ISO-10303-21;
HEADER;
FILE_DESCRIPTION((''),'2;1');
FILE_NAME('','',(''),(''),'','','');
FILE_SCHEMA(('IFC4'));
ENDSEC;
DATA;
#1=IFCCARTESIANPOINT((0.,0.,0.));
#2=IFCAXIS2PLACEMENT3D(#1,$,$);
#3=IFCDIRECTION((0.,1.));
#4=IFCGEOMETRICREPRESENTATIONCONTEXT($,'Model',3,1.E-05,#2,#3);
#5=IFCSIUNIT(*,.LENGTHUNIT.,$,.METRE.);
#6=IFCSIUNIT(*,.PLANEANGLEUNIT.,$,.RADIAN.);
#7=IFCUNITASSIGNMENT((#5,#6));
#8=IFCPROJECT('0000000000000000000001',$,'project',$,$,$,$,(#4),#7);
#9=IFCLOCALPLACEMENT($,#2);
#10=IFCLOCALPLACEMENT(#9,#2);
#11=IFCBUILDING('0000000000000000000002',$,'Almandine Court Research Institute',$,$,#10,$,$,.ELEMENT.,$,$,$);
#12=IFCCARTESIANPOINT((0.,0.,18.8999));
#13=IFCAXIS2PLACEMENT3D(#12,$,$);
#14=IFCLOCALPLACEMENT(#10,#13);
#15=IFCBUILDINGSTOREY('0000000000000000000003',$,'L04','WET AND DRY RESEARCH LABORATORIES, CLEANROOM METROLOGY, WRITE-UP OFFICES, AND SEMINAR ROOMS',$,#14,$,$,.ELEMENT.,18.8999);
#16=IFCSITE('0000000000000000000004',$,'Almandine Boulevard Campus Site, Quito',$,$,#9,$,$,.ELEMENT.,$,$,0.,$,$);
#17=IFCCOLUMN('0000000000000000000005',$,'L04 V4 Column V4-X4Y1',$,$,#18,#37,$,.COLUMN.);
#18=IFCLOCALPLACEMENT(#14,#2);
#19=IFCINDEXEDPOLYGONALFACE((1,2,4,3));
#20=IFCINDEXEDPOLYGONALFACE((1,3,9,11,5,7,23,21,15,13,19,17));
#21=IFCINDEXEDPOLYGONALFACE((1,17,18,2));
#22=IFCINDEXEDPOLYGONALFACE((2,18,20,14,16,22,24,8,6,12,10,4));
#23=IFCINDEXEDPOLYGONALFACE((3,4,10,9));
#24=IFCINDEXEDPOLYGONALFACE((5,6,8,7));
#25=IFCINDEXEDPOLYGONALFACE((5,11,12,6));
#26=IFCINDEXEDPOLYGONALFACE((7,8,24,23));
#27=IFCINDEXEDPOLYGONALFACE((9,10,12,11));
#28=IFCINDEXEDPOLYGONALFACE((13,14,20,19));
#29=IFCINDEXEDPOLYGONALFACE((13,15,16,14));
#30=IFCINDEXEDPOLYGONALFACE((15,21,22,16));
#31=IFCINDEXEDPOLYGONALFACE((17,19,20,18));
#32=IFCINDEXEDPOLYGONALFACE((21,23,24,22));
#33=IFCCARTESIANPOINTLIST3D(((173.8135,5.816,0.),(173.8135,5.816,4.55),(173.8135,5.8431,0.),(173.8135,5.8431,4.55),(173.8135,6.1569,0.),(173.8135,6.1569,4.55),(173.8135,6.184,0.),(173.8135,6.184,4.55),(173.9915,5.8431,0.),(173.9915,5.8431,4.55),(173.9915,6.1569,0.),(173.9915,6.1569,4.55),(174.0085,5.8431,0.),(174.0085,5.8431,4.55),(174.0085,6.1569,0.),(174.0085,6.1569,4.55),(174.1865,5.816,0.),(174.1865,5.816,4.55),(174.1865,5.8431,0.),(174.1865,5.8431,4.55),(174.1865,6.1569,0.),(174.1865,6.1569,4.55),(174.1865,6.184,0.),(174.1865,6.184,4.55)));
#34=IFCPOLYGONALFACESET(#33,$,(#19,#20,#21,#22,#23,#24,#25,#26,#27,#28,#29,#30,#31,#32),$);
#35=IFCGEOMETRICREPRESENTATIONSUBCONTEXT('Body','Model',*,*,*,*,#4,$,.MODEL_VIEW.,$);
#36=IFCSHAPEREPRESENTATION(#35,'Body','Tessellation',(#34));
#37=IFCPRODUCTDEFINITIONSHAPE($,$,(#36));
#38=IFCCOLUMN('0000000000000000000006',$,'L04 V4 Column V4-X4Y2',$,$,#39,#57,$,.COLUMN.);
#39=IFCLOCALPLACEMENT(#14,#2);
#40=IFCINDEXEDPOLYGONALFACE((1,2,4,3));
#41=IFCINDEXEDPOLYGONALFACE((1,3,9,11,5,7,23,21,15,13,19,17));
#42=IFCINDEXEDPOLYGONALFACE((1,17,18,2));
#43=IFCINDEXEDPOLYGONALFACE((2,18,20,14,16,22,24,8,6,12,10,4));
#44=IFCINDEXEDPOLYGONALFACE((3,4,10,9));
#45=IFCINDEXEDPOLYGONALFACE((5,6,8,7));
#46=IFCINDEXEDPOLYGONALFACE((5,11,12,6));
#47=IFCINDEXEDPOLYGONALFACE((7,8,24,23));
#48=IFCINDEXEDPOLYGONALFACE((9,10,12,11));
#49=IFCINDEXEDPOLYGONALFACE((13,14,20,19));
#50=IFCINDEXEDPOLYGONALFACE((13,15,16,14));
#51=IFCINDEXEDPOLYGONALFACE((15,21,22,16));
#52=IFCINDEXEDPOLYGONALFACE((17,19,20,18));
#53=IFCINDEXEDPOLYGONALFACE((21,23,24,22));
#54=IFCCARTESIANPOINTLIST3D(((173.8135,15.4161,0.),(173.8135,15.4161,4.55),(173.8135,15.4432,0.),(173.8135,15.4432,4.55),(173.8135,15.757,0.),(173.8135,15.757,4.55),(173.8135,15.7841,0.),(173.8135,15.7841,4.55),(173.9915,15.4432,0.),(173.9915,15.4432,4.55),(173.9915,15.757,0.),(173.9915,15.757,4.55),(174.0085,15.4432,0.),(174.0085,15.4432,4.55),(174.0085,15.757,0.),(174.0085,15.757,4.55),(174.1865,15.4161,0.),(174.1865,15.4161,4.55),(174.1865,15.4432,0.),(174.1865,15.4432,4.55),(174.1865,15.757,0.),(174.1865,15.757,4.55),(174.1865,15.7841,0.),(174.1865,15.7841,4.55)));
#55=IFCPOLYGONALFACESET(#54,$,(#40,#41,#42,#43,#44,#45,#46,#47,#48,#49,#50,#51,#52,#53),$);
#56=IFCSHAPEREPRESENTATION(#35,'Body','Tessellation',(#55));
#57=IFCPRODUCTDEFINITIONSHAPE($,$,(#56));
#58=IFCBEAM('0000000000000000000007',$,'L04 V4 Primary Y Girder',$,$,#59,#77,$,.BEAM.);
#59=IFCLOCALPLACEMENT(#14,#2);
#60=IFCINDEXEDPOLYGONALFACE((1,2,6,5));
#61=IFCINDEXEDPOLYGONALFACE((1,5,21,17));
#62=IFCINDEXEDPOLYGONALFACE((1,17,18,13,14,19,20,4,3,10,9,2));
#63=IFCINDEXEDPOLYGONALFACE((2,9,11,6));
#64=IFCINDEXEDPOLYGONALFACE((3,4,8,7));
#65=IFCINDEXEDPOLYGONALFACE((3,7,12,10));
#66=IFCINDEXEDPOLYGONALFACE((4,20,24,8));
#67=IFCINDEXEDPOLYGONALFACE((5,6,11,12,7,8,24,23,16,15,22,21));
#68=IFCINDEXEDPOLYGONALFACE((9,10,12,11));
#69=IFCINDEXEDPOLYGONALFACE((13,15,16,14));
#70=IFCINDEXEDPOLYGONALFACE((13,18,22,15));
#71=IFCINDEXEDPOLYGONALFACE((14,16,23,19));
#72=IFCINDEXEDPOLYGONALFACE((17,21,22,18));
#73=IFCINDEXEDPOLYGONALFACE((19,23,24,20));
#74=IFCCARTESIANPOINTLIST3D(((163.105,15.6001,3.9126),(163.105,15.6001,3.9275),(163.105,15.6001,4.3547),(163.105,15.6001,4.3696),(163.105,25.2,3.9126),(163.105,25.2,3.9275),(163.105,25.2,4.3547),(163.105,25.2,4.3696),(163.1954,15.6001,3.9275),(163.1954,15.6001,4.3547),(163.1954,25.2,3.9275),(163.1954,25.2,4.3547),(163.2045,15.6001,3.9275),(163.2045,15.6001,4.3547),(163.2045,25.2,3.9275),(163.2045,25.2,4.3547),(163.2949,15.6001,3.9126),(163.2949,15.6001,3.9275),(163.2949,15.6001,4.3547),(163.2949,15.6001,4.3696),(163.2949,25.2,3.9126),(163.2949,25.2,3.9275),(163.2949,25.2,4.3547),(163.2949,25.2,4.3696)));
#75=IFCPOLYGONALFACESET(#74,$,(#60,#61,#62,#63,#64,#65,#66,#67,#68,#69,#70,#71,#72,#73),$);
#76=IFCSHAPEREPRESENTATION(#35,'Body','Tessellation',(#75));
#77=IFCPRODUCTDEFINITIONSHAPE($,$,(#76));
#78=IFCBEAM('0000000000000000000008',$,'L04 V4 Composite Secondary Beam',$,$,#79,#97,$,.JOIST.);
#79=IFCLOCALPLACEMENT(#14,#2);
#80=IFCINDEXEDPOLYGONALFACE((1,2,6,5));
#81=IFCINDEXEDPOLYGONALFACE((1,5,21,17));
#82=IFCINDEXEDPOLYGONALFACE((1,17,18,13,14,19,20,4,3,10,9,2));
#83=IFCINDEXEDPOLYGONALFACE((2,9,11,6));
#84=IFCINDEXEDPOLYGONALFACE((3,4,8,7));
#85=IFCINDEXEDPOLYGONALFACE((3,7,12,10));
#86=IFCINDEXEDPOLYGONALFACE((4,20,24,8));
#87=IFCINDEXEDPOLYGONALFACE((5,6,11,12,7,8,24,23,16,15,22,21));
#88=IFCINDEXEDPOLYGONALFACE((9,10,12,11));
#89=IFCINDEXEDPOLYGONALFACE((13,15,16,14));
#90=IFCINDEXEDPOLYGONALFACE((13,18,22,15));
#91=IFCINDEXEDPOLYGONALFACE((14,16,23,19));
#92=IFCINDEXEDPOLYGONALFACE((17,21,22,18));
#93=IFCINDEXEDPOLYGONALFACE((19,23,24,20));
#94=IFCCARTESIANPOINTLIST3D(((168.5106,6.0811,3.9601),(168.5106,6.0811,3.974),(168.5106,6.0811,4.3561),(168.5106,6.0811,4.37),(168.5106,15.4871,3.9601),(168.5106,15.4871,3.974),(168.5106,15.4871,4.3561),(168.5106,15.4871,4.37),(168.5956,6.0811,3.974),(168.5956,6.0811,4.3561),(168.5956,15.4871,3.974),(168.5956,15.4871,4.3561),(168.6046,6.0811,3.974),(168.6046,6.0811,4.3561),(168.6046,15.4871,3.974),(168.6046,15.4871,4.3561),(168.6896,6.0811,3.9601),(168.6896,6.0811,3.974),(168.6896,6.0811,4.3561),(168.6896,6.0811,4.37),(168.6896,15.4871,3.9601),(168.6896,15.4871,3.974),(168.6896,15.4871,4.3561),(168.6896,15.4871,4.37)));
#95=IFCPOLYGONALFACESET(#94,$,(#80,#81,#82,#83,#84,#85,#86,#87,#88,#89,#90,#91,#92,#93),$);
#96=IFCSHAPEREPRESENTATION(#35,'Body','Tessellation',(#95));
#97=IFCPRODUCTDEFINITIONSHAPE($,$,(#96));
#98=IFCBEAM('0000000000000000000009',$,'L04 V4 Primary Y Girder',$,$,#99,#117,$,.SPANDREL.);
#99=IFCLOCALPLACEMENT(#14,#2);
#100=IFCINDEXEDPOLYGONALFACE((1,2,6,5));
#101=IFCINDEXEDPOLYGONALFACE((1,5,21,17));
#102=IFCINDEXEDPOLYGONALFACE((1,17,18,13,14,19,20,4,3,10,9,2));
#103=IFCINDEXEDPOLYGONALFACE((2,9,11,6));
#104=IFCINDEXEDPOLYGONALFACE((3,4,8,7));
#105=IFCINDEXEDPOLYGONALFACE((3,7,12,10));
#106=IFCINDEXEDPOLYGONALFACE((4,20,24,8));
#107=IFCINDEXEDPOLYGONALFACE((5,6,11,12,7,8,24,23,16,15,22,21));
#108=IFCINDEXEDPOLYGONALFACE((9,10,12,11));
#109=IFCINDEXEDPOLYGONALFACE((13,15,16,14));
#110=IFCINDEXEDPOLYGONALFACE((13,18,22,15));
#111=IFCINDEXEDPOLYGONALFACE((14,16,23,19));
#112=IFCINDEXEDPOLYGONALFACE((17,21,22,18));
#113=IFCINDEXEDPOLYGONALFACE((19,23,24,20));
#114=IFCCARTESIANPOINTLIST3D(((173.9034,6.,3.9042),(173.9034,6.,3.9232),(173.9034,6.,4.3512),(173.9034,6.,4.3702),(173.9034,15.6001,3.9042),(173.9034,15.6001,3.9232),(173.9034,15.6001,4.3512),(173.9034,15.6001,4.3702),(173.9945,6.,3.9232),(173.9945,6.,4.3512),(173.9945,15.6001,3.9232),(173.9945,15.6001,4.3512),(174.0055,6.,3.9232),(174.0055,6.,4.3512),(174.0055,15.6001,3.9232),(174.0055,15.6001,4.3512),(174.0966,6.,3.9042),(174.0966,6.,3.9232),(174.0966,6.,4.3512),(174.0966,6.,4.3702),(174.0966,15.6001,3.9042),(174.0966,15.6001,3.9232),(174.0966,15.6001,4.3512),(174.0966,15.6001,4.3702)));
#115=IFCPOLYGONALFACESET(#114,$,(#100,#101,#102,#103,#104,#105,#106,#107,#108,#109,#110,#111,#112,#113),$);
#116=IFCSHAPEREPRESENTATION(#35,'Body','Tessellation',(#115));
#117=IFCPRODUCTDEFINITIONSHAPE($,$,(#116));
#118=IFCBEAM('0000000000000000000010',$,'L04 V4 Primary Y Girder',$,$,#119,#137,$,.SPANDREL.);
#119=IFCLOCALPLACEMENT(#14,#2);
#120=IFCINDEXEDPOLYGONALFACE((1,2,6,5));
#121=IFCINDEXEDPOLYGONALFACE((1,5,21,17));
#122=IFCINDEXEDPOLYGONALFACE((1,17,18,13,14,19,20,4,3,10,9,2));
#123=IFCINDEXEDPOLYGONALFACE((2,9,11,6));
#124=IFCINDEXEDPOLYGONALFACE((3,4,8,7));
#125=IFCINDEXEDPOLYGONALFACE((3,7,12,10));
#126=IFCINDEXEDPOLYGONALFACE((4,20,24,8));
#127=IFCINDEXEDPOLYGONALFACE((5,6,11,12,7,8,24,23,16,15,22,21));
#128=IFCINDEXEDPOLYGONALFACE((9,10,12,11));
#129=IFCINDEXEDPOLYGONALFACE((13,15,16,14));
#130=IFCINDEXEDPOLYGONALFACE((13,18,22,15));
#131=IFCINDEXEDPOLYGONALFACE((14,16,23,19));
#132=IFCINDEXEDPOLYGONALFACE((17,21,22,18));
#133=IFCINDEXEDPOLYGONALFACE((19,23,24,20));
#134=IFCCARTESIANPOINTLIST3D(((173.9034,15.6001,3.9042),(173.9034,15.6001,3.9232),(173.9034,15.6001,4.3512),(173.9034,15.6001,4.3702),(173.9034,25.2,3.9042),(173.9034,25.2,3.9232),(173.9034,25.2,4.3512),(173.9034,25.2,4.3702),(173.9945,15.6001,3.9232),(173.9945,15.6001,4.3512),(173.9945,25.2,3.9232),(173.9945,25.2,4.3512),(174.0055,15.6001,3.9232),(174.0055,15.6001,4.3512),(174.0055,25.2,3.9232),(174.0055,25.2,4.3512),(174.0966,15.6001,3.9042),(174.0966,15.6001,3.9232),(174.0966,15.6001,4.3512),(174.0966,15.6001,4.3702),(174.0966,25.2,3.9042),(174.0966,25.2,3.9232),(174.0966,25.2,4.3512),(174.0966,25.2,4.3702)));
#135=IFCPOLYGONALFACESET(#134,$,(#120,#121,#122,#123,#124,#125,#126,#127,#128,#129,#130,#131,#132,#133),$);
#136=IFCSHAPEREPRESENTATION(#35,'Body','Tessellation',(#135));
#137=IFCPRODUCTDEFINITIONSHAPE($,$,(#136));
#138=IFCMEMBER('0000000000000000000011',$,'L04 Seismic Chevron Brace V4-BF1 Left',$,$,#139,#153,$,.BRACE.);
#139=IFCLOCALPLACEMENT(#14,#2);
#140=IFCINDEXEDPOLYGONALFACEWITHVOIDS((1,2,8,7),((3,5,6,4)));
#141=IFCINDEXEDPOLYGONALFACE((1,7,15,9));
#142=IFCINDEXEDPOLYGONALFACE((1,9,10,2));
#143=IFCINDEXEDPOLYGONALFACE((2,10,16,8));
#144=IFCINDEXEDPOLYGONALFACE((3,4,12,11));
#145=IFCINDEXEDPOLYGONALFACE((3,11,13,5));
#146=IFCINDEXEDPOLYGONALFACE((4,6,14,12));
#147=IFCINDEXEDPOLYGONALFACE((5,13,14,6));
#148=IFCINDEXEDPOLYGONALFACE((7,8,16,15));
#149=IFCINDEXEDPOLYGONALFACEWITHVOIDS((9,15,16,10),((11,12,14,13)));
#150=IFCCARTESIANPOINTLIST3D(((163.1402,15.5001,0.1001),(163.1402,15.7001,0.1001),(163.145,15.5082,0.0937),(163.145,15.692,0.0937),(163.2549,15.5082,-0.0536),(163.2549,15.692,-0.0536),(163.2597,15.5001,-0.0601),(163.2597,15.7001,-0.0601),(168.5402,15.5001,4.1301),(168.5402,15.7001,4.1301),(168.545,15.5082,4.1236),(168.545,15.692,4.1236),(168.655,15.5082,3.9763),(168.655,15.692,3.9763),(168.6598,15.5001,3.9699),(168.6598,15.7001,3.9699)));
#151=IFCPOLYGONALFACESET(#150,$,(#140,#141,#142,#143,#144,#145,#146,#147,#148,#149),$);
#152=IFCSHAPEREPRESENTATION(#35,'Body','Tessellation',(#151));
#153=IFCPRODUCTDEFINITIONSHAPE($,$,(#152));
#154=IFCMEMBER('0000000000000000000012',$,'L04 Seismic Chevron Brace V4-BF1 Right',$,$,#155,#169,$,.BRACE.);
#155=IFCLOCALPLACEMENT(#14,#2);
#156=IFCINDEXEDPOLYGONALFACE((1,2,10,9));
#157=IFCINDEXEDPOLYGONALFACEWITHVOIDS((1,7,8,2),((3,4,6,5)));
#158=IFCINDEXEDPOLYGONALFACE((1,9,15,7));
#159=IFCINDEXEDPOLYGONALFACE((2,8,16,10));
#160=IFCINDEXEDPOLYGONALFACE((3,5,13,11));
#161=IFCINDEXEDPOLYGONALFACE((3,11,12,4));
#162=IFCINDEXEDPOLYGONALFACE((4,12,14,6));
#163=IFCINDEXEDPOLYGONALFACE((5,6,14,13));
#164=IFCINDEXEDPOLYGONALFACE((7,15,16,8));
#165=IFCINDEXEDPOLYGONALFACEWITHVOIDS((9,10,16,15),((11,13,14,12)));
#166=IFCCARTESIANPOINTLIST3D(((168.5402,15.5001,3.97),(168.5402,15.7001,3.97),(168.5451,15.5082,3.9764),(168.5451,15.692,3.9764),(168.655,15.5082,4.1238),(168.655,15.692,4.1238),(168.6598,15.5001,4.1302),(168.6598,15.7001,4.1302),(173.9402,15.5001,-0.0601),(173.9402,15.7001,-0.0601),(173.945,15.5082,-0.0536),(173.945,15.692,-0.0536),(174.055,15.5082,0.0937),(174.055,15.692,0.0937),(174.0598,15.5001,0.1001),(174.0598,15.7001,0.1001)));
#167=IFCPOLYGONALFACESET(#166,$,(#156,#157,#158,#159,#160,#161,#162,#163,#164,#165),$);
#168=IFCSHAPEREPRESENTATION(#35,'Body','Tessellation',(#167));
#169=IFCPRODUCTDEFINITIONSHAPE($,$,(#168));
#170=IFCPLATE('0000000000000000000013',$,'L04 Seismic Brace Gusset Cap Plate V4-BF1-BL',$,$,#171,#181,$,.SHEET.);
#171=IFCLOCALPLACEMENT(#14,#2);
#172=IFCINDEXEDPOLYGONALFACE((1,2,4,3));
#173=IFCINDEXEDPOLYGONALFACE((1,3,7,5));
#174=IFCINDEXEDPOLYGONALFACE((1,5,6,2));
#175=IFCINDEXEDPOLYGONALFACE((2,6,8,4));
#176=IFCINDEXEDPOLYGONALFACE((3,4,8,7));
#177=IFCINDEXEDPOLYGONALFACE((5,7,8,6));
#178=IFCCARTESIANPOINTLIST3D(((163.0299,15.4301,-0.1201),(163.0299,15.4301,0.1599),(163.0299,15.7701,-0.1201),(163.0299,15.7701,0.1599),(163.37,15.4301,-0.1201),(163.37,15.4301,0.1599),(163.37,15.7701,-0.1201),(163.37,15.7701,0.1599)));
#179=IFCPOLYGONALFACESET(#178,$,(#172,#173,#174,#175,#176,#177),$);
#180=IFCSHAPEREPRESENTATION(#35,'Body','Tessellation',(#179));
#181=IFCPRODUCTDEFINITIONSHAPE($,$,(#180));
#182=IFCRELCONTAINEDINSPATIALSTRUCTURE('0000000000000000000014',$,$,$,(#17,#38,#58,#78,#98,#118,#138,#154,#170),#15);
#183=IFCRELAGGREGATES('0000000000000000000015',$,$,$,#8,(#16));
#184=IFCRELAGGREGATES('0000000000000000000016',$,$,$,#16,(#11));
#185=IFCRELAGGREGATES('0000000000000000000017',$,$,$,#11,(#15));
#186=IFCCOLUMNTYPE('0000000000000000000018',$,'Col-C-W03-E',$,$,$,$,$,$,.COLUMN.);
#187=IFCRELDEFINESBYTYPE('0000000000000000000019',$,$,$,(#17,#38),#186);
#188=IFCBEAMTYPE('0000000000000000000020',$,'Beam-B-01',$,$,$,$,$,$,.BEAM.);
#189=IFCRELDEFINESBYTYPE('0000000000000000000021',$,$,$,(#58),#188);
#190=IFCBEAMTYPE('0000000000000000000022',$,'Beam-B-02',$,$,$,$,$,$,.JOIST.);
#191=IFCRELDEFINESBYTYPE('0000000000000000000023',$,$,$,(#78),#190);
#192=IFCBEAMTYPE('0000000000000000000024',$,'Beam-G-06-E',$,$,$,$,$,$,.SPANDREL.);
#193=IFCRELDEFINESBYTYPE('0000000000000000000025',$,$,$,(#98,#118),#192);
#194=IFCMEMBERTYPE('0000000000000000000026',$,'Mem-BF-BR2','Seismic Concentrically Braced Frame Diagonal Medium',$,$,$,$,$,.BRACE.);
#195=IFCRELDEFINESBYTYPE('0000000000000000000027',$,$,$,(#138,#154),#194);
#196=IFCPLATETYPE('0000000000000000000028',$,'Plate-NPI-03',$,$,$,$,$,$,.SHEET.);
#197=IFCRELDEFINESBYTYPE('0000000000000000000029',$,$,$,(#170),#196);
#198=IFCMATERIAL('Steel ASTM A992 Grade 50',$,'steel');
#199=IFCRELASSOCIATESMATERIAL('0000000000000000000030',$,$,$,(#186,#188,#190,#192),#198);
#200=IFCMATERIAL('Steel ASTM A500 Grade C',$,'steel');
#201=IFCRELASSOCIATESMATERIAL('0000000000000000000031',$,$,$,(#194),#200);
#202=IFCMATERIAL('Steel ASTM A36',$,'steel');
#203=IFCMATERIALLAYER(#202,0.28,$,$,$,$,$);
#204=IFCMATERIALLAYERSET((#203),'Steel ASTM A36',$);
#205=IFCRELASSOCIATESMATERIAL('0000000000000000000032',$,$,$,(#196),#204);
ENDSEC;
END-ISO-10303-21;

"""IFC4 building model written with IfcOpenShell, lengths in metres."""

from ifc_helpers import new_model, si_unit, direction, frame, origin, origin_2d, place, context, subcontext, project, spatial, rectangle, hollow_rectangle, i_section, extrude, material, layer, layer_set, material_profile, profile_set, type_object, element, save


model = new_model("IFC4")

# Units and contexts
model_context = context("Model", 3, precision=1e-05, world=origin(), true_north=direction((0.0, 1.0)))
body_context = subcontext(model_context, "Body", "Model", "MODEL_VIEW")
ifc_project = project(units=[si_unit("LENGTHUNIT", "METRE"), si_unit("PLANEANGLEUNIT", "RADIAN")], contexts=[model_context])

# Site, building, storey
site_placement = place(None, origin())
site = spatial("IfcSite", under=ifc_project, at=site_placement, Name="Almandine Boulevard Campus Site, Quito", CompositionType="ELEMENT", RefElevation=0.0)
building_placement = place(site_placement, origin())
building = spatial("IfcBuilding", under=site, at=building_placement, Name="Almandine Court Research Institute", CompositionType="ELEMENT")
storey_placement = place(building_placement, frame((0.0, 0.0, 18.8999)))
storey = spatial("IfcBuildingStorey", under=building, at=storey_placement, Name="L04", Description="WET AND DRY RESEARCH LABORATORIES, CLEANROOM METROLOGY, WRITE-UP OFFICES, AND SEMINAR ROOMS", CompositionType="ELEMENT", Elevation=18.8999)

# Columns
ifc_material_1 = material(Name="Steel ASTM A992 Grade 50", Category="steel")
ifc_material_profile_1 = material_profile(ifc_material_1, i_section(OverallWidth=0.373, OverallDepth=0.3679, WebThickness=0.0171, FlangeThickness=0.0271, at=origin_2d()), Name="W360x179")
ifc_profile_set_1 = profile_set([ifc_material_profile_1], Name="Steel ASTM A992 Grade 50")
column_type = type_object("IfcColumnType", Name="Col-C-W03-E", PredefinedType="COLUMN", material=ifc_profile_set_1)
for number, where, z_axis, x_axis, name in (
    (1, (174.0, 6.0, 0.0), (0.0, 0.0, 1.0), (1.0, 0.0, 0.0), "L04 V4 Column V4-X4Y1"),
    (2, (174.0, 15.6001, 0.0), (0.0, 0.0, 1.0), (1.0, 0.0, 0.0), "L04 V4 Column V4-X4Y2"),
):
    element("IfcColumn", number, at=place(storey_placement, frame(where, z_axis=z_axis, x_axis=x_axis)), inside=storey, type_object=column_type, Name=name, PredefinedType="COLUMN", context=body_context, shape_type="SweptSolid", body=[
        extrude(i_section(OverallWidth=0.373, OverallDepth=0.3679, WebThickness=0.0171, FlangeThickness=0.0271, at=origin_2d()), origin(), (0.0, 0.0, 1.0), 4.55),
    ])

# Beams
ifc_material_profile_2 = material_profile(ifc_material_1, i_section(OverallWidth=0.1899, OverallDepth=0.457, WebThickness=0.009, FlangeThickness=0.0149, at=origin_2d()), Name="W460x74")
ifc_profile_set_2 = profile_set([ifc_material_profile_2], Name="Steel ASTM A992 Grade 50")
beam_type_1 = type_object("IfcBeamType", Name="Beam-B-01", PredefinedType="BEAM", material=ifc_profile_set_2)
beam_1_placement = place(storey_placement, frame((163.2, 15.6001, 4.1411), z_axis=(0.0, 1.0, 0.0), x_axis=(-1.0, 0.0, 0.0)))
element("IfcBeam", 3, at=beam_1_placement, inside=storey, type_object=beam_type_1, Name="L04 V4 Primary Y Girder", PredefinedType="BEAM", context=body_context, shape_type="SweptSolid", body=[
    extrude(i_section(OverallWidth=0.1899, OverallDepth=0.457, WebThickness=0.009, FlangeThickness=0.0149, at=origin_2d()), origin(), (0.0, 0.0, 1.0), 9.5999),
])
ifc_material_profile_3 = material_profile(ifc_material_1, i_section(OverallWidth=0.179, OverallDepth=0.4099, WebThickness=0.009, FlangeThickness=0.0139, at=origin_2d()), Name="W410x67")
ifc_profile_set_3 = profile_set([ifc_material_profile_3], Name="Steel ASTM A992 Grade 50")
beam_type_2 = type_object("IfcBeamType", Name="Beam-B-02", PredefinedType="JOIST", material=ifc_profile_set_3)
beam_2_placement = place(storey_placement, frame((168.6001, 6.0811, 4.165), z_axis=(0.0, 1.0, 0.0), x_axis=(-1.0, 0.0, 0.0)))
element("IfcBeam", 4, at=beam_2_placement, inside=storey, type_object=beam_type_2, Name="L04 V4 Composite Secondary Beam", PredefinedType="JOIST", context=body_context, shape_type="SweptSolid", body=[
    extrude(i_section(OverallWidth=0.179, OverallDepth=0.4099, WebThickness=0.009, FlangeThickness=0.0139, at=origin_2d()), origin(), (0.0, 0.0, 1.0), 9.406),
])
ifc_material_profile_4 = material_profile(ifc_material_1, i_section(OverallWidth=0.1931, OverallDepth=0.4661, WebThickness=0.011, FlangeThickness=0.019, at=origin_2d()), Name="W460x97")
ifc_profile_set_4 = profile_set([ifc_material_profile_4], Name="Steel ASTM A992 Grade 50")
beam_type_3 = type_object("IfcBeamType", Name="Beam-G-06-E", PredefinedType="SPANDREL", material=ifc_profile_set_4)
beam_3_placement = place(storey_placement, frame((174.0, 6.0, 4.1372), z_axis=(0.0, 1.0, 0.0), x_axis=(-1.0, 0.0, 0.0)))
element("IfcBeam", 5, at=beam_3_placement, inside=storey, type_object=beam_type_3, Name="L04 V4 Primary Y Girder", PredefinedType="SPANDREL", context=body_context, shape_type="SweptSolid", body=[
    extrude(i_section(OverallWidth=0.1931, OverallDepth=0.4661, WebThickness=0.011, FlangeThickness=0.019, at=origin_2d()), origin(), (0.0, 0.0, 1.0), 9.6001),
])
beam_4_placement = place(storey_placement, frame((174.0, 15.6001, 4.1372), z_axis=(0.0, 1.0, 0.0), x_axis=(-1.0, 0.0, 0.0)))
element("IfcBeam", 6, at=beam_4_placement, inside=storey, type_object=beam_type_3, Name="L04 V4 Primary Y Girder", PredefinedType="SPANDREL", context=body_context, shape_type="SweptSolid", body=[
    extrude(i_section(OverallWidth=0.1931, OverallDepth=0.4661, WebThickness=0.011, FlangeThickness=0.019, at=origin_2d()), origin(), (0.0, 0.0, 1.0), 9.5999),
])

# Members
ifc_material_2 = material(Name="Steel ASTM A500 Grade C", Category="steel")
ifc_material_profile_5 = material_profile(ifc_material_2, hollow_rectangle(XDim=0.2, YDim=0.2, WallThickness=0.0081, at=origin_2d()), Name="HSS 200x200x8")
ifc_profile_set_5 = profile_set([ifc_material_profile_5], Name="Steel ASTM A500 Grade C")
member_type = type_object("IfcMemberType", Name="Mem-BF-BR2", Description="Seismic Concentrically Braced Frame Diagonal Medium", PredefinedType="BRACE", material=ifc_profile_set_5)
for number, where, z_axis, x_axis, name in (
    (7, (163.2, 15.6001, 0.02), (0.801428, 0.0, 0.598091), (0.0, 1.0, 0.0), "L04 Seismic Chevron Brace V4-BF1 Left"),
    (8, (174.0, 15.6001, 0.02), (-0.801415, 0.0, 0.598108), (0.0, -1.0, 0.0), "L04 Seismic Chevron Brace V4-BF1 Right"),
):
    element("IfcMember", number, at=place(storey_placement, frame(where, z_axis=z_axis, x_axis=x_axis)), inside=storey, type_object=member_type, Name=name, PredefinedType="BRACE", context=body_context, shape_type="SweptSolid", body=[
        extrude(hollow_rectangle(XDim=0.2, YDim=0.2, WallThickness=0.0081, at=origin_2d()), origin(), (0.0, 0.0, 1.0), 6.738),
    ])

# Plate
ifc_material_3 = material(Name="Steel ASTM A36", Category="steel")
ifc_layer_1 = layer(ifc_material_3, 0.28)
ifc_layer_set_1 = layer_set([ifc_layer_1], Name="Steel ASTM A36")
plate_type = type_object("IfcPlateType", Name="Plate-NPI-03", PredefinedType="SHEET", material=ifc_layer_set_1)
for number, where, z_axis, x_axis, name in (
    (9, (163.2, 15.6001, -0.1201), (0.0, 0.0, 1.0), (1.0, 0.0, 0.0), "L04 Seismic Brace Gusset Cap Plate V4-BF1-BL"),
):
    element("IfcPlate", number, at=place(storey_placement, frame(where, z_axis=z_axis, x_axis=x_axis)), inside=storey, type_object=plate_type, Name=name, PredefinedType="SHEET", context=body_context, shape_type="SweptSolid", body=[
        extrude(rectangle(XDim=0.3401, YDim=0.3401, at=origin_2d()), origin(), (0.0, 0.0, 1.0), 0.28),
    ])

save(model, "model.ifc")
